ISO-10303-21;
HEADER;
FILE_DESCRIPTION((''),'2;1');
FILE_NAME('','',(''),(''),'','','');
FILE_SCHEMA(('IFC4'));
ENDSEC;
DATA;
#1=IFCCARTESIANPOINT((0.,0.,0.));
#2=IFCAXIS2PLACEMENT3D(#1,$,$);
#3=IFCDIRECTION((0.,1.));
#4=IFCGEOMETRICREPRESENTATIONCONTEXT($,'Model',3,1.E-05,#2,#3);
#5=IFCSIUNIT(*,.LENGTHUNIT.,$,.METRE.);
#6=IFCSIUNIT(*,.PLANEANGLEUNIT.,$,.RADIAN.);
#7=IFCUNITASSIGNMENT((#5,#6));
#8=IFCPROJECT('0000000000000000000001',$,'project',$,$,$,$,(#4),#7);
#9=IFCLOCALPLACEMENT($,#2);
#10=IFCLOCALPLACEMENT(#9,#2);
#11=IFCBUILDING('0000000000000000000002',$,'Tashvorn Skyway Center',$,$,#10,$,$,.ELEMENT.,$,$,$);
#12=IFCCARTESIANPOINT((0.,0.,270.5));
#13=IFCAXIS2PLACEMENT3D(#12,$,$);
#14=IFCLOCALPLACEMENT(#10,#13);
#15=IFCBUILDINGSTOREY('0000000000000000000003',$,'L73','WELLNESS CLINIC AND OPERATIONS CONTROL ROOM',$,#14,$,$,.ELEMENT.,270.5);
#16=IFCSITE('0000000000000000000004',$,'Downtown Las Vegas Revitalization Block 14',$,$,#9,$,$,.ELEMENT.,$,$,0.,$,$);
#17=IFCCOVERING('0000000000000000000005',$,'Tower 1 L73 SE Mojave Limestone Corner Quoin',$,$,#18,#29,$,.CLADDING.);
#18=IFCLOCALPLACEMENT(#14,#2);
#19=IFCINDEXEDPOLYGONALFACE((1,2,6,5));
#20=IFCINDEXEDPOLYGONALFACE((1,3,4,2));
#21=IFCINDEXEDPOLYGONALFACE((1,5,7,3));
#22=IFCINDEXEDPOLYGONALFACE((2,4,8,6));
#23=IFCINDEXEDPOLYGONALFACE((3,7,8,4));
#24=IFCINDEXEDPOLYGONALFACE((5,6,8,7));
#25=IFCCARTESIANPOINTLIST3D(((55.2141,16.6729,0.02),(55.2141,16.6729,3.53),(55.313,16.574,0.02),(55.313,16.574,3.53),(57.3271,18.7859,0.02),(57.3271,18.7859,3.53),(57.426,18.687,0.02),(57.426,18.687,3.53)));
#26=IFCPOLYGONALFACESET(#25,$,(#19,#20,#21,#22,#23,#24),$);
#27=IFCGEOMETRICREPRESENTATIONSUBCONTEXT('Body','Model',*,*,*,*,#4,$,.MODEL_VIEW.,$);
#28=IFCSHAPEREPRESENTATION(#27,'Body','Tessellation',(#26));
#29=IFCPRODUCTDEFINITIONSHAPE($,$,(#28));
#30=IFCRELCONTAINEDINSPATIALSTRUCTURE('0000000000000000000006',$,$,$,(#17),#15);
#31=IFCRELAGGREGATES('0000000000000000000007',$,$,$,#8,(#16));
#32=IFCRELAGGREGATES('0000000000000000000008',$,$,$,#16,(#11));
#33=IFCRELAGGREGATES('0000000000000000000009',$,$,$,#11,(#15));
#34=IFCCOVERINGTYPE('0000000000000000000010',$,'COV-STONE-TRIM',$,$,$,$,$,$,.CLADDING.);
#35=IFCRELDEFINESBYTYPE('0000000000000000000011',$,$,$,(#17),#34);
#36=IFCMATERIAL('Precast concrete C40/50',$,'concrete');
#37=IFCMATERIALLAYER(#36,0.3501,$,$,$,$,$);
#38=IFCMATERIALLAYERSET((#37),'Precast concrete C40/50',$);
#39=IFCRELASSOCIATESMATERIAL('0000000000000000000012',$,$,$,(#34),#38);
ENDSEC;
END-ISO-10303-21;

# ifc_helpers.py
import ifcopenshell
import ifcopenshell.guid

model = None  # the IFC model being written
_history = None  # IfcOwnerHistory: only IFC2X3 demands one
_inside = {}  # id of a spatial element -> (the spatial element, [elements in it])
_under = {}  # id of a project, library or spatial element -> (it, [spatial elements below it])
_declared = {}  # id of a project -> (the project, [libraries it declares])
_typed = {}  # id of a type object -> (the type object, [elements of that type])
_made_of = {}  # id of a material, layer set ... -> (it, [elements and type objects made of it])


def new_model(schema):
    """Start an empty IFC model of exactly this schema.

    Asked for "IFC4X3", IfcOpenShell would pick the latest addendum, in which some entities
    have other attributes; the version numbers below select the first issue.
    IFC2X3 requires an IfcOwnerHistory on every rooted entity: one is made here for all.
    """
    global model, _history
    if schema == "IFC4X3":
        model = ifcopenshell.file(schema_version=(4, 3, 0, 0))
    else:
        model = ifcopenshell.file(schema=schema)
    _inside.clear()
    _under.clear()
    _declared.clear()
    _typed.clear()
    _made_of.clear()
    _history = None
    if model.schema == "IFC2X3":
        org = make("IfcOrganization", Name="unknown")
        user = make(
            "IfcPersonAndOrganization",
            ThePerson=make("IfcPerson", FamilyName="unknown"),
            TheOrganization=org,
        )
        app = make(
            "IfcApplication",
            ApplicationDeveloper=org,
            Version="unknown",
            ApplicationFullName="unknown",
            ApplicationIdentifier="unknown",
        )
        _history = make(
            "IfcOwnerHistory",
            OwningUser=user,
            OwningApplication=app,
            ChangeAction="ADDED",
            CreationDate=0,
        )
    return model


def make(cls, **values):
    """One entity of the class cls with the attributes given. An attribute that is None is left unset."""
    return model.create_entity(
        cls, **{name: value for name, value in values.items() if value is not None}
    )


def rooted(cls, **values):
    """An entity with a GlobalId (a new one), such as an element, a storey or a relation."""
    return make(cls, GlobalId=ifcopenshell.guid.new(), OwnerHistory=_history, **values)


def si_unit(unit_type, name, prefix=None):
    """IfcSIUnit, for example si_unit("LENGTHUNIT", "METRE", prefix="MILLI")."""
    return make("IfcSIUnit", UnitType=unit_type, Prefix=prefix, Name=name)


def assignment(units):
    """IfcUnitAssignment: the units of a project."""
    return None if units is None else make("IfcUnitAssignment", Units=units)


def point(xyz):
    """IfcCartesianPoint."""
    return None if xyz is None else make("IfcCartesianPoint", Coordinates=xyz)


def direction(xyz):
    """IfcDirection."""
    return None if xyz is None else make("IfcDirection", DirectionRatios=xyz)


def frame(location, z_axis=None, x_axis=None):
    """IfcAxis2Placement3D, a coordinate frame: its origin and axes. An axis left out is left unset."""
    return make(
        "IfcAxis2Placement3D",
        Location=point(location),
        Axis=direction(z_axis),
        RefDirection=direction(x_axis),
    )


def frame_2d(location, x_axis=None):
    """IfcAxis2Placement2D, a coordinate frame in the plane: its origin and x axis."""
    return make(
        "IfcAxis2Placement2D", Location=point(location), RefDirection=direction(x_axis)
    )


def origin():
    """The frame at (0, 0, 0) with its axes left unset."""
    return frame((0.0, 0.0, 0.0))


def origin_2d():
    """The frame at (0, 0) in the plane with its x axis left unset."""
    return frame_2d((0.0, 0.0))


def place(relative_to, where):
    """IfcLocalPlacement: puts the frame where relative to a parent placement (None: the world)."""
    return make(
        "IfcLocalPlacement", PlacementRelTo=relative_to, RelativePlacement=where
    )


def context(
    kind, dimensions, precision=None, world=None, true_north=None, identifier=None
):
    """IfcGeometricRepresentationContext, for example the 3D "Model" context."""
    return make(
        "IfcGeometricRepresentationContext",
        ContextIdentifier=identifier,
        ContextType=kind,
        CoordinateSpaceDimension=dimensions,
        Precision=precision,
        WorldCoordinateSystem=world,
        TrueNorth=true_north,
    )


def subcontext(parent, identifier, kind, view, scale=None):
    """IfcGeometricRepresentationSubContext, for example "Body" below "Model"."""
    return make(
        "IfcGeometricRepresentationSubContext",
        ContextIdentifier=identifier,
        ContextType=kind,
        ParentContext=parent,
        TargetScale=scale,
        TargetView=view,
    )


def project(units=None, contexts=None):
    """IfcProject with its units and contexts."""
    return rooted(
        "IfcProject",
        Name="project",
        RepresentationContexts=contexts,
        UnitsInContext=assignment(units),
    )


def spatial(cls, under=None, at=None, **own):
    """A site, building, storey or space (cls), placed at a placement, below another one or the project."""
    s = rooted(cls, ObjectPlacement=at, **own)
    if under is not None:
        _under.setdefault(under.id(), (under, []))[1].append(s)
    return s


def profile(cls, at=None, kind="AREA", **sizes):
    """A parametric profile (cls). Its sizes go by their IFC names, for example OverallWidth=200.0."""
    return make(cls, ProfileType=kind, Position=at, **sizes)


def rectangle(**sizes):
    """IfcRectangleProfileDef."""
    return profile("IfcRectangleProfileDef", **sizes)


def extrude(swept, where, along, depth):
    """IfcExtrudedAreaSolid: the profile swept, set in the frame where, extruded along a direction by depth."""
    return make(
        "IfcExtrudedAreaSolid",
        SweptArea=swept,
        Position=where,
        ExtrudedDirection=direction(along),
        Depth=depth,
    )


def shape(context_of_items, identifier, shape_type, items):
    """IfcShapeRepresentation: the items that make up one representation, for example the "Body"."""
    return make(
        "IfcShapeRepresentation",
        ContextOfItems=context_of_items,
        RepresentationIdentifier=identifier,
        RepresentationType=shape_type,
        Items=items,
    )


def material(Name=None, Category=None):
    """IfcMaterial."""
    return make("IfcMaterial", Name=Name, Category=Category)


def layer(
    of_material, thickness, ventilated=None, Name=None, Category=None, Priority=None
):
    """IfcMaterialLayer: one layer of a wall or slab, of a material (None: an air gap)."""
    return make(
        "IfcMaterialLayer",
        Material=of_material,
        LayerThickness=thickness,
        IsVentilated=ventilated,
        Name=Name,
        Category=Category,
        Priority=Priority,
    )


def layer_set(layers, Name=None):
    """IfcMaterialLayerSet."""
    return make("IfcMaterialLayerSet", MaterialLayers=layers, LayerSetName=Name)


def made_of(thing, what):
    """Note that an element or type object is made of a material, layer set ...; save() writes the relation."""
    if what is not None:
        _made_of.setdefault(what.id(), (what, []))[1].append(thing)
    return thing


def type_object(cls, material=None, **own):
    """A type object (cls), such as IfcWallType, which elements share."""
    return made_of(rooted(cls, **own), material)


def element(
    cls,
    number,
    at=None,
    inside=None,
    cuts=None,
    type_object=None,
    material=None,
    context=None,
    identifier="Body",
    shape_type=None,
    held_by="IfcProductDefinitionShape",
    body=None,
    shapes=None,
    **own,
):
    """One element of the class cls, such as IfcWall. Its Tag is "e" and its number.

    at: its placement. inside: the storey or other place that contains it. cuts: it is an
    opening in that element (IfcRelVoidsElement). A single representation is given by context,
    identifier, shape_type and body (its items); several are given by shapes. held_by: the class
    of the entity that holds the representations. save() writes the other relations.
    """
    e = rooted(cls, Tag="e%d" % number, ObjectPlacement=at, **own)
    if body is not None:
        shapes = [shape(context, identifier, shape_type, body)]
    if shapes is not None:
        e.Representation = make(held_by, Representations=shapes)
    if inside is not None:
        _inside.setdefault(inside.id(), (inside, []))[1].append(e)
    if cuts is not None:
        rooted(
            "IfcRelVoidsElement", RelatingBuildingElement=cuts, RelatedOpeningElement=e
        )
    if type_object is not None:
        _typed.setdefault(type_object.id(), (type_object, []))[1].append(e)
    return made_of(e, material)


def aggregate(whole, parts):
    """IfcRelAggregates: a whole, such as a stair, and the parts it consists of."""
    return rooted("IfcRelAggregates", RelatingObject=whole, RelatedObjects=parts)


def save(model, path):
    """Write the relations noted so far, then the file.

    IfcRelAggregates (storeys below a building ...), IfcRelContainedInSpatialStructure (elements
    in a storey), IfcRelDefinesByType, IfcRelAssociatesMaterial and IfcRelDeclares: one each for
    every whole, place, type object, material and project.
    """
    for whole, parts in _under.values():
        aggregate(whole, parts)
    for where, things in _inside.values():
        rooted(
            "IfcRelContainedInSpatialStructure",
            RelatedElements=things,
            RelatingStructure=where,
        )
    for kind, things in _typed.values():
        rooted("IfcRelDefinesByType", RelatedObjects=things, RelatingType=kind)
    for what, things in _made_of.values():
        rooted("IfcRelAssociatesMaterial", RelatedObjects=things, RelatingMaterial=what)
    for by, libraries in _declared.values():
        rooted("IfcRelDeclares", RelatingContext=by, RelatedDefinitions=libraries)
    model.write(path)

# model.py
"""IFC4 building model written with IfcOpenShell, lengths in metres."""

from ifc_helpers import new_model, si_unit, direction, frame, origin, origin_2d, place, context, subcontext, project, spatial, rectangle, extrude, material, layer, layer_set, type_object, element, save


model = new_model("IFC4")

# Units and contexts
model_context = context("Model", 3, precision=1e-05, world=origin(), true_north=direction((0.0, 1.0)))
body_context = subcontext(model_context, "Body", "Model", "MODEL_VIEW")
ifc_project = project(units=[si_unit("LENGTHUNIT", "METRE"), si_unit("PLANEANGLEUNIT", "RADIAN")], contexts=[model_context])

# Site, building, storey
site_placement = place(None, origin())
site = spatial("IfcSite", under=ifc_project, at=site_placement, Name="Downtown Las Vegas Revitalization Block 14", CompositionType="ELEMENT", RefElevation=0.0)
building_placement = place(site_placement, origin())
building = spatial("IfcBuilding", under=site, at=building_placement, Name="Tashvorn Skyway Center", CompositionType="ELEMENT")
storey_placement = place(building_placement, frame((0.0, 0.0, 270.5)))
storey = spatial("IfcBuildingStorey", under=building, at=storey_placement, Name="L73", Description="WELLNESS CLINIC AND OPERATIONS CONTROL ROOM", CompositionType="ELEMENT", Elevation=270.5)

# Covering
ifc_material_1 = material(Name="Precast concrete C40/50", Category="concrete")
ifc_layer_1 = layer(ifc_material_1, 0.3501)
ifc_layer_set_1 = layer_set([ifc_layer_1], Name="Precast concrete C40/50")
covering_type = type_object("IfcCoveringType", Name="COV-STONE-TRIM", PredefinedType="CLADDING", material=ifc_layer_set_1)
covering_placement = place(storey_placement, frame((56.3201, 17.6799, 0.02), z_axis=(0.0, 0.0, 1.0), x_axis=(0.707107, 0.707107, 0.0)))
element("IfcCovering", 1, at=covering_placement, inside=storey, type_object=covering_type, Name="Tower 1 L73 SE Mojave Limestone Corner Quoin", PredefinedType="CLADDING", context=body_context, shape_type="SweptSolid", body=[
    extrude(rectangle(XDim=2.9883, YDim=0.1399, at=origin_2d()), origin(), (0.0, 0.0, 1.0), 3.51),
])

save(model, "model.ifc")
